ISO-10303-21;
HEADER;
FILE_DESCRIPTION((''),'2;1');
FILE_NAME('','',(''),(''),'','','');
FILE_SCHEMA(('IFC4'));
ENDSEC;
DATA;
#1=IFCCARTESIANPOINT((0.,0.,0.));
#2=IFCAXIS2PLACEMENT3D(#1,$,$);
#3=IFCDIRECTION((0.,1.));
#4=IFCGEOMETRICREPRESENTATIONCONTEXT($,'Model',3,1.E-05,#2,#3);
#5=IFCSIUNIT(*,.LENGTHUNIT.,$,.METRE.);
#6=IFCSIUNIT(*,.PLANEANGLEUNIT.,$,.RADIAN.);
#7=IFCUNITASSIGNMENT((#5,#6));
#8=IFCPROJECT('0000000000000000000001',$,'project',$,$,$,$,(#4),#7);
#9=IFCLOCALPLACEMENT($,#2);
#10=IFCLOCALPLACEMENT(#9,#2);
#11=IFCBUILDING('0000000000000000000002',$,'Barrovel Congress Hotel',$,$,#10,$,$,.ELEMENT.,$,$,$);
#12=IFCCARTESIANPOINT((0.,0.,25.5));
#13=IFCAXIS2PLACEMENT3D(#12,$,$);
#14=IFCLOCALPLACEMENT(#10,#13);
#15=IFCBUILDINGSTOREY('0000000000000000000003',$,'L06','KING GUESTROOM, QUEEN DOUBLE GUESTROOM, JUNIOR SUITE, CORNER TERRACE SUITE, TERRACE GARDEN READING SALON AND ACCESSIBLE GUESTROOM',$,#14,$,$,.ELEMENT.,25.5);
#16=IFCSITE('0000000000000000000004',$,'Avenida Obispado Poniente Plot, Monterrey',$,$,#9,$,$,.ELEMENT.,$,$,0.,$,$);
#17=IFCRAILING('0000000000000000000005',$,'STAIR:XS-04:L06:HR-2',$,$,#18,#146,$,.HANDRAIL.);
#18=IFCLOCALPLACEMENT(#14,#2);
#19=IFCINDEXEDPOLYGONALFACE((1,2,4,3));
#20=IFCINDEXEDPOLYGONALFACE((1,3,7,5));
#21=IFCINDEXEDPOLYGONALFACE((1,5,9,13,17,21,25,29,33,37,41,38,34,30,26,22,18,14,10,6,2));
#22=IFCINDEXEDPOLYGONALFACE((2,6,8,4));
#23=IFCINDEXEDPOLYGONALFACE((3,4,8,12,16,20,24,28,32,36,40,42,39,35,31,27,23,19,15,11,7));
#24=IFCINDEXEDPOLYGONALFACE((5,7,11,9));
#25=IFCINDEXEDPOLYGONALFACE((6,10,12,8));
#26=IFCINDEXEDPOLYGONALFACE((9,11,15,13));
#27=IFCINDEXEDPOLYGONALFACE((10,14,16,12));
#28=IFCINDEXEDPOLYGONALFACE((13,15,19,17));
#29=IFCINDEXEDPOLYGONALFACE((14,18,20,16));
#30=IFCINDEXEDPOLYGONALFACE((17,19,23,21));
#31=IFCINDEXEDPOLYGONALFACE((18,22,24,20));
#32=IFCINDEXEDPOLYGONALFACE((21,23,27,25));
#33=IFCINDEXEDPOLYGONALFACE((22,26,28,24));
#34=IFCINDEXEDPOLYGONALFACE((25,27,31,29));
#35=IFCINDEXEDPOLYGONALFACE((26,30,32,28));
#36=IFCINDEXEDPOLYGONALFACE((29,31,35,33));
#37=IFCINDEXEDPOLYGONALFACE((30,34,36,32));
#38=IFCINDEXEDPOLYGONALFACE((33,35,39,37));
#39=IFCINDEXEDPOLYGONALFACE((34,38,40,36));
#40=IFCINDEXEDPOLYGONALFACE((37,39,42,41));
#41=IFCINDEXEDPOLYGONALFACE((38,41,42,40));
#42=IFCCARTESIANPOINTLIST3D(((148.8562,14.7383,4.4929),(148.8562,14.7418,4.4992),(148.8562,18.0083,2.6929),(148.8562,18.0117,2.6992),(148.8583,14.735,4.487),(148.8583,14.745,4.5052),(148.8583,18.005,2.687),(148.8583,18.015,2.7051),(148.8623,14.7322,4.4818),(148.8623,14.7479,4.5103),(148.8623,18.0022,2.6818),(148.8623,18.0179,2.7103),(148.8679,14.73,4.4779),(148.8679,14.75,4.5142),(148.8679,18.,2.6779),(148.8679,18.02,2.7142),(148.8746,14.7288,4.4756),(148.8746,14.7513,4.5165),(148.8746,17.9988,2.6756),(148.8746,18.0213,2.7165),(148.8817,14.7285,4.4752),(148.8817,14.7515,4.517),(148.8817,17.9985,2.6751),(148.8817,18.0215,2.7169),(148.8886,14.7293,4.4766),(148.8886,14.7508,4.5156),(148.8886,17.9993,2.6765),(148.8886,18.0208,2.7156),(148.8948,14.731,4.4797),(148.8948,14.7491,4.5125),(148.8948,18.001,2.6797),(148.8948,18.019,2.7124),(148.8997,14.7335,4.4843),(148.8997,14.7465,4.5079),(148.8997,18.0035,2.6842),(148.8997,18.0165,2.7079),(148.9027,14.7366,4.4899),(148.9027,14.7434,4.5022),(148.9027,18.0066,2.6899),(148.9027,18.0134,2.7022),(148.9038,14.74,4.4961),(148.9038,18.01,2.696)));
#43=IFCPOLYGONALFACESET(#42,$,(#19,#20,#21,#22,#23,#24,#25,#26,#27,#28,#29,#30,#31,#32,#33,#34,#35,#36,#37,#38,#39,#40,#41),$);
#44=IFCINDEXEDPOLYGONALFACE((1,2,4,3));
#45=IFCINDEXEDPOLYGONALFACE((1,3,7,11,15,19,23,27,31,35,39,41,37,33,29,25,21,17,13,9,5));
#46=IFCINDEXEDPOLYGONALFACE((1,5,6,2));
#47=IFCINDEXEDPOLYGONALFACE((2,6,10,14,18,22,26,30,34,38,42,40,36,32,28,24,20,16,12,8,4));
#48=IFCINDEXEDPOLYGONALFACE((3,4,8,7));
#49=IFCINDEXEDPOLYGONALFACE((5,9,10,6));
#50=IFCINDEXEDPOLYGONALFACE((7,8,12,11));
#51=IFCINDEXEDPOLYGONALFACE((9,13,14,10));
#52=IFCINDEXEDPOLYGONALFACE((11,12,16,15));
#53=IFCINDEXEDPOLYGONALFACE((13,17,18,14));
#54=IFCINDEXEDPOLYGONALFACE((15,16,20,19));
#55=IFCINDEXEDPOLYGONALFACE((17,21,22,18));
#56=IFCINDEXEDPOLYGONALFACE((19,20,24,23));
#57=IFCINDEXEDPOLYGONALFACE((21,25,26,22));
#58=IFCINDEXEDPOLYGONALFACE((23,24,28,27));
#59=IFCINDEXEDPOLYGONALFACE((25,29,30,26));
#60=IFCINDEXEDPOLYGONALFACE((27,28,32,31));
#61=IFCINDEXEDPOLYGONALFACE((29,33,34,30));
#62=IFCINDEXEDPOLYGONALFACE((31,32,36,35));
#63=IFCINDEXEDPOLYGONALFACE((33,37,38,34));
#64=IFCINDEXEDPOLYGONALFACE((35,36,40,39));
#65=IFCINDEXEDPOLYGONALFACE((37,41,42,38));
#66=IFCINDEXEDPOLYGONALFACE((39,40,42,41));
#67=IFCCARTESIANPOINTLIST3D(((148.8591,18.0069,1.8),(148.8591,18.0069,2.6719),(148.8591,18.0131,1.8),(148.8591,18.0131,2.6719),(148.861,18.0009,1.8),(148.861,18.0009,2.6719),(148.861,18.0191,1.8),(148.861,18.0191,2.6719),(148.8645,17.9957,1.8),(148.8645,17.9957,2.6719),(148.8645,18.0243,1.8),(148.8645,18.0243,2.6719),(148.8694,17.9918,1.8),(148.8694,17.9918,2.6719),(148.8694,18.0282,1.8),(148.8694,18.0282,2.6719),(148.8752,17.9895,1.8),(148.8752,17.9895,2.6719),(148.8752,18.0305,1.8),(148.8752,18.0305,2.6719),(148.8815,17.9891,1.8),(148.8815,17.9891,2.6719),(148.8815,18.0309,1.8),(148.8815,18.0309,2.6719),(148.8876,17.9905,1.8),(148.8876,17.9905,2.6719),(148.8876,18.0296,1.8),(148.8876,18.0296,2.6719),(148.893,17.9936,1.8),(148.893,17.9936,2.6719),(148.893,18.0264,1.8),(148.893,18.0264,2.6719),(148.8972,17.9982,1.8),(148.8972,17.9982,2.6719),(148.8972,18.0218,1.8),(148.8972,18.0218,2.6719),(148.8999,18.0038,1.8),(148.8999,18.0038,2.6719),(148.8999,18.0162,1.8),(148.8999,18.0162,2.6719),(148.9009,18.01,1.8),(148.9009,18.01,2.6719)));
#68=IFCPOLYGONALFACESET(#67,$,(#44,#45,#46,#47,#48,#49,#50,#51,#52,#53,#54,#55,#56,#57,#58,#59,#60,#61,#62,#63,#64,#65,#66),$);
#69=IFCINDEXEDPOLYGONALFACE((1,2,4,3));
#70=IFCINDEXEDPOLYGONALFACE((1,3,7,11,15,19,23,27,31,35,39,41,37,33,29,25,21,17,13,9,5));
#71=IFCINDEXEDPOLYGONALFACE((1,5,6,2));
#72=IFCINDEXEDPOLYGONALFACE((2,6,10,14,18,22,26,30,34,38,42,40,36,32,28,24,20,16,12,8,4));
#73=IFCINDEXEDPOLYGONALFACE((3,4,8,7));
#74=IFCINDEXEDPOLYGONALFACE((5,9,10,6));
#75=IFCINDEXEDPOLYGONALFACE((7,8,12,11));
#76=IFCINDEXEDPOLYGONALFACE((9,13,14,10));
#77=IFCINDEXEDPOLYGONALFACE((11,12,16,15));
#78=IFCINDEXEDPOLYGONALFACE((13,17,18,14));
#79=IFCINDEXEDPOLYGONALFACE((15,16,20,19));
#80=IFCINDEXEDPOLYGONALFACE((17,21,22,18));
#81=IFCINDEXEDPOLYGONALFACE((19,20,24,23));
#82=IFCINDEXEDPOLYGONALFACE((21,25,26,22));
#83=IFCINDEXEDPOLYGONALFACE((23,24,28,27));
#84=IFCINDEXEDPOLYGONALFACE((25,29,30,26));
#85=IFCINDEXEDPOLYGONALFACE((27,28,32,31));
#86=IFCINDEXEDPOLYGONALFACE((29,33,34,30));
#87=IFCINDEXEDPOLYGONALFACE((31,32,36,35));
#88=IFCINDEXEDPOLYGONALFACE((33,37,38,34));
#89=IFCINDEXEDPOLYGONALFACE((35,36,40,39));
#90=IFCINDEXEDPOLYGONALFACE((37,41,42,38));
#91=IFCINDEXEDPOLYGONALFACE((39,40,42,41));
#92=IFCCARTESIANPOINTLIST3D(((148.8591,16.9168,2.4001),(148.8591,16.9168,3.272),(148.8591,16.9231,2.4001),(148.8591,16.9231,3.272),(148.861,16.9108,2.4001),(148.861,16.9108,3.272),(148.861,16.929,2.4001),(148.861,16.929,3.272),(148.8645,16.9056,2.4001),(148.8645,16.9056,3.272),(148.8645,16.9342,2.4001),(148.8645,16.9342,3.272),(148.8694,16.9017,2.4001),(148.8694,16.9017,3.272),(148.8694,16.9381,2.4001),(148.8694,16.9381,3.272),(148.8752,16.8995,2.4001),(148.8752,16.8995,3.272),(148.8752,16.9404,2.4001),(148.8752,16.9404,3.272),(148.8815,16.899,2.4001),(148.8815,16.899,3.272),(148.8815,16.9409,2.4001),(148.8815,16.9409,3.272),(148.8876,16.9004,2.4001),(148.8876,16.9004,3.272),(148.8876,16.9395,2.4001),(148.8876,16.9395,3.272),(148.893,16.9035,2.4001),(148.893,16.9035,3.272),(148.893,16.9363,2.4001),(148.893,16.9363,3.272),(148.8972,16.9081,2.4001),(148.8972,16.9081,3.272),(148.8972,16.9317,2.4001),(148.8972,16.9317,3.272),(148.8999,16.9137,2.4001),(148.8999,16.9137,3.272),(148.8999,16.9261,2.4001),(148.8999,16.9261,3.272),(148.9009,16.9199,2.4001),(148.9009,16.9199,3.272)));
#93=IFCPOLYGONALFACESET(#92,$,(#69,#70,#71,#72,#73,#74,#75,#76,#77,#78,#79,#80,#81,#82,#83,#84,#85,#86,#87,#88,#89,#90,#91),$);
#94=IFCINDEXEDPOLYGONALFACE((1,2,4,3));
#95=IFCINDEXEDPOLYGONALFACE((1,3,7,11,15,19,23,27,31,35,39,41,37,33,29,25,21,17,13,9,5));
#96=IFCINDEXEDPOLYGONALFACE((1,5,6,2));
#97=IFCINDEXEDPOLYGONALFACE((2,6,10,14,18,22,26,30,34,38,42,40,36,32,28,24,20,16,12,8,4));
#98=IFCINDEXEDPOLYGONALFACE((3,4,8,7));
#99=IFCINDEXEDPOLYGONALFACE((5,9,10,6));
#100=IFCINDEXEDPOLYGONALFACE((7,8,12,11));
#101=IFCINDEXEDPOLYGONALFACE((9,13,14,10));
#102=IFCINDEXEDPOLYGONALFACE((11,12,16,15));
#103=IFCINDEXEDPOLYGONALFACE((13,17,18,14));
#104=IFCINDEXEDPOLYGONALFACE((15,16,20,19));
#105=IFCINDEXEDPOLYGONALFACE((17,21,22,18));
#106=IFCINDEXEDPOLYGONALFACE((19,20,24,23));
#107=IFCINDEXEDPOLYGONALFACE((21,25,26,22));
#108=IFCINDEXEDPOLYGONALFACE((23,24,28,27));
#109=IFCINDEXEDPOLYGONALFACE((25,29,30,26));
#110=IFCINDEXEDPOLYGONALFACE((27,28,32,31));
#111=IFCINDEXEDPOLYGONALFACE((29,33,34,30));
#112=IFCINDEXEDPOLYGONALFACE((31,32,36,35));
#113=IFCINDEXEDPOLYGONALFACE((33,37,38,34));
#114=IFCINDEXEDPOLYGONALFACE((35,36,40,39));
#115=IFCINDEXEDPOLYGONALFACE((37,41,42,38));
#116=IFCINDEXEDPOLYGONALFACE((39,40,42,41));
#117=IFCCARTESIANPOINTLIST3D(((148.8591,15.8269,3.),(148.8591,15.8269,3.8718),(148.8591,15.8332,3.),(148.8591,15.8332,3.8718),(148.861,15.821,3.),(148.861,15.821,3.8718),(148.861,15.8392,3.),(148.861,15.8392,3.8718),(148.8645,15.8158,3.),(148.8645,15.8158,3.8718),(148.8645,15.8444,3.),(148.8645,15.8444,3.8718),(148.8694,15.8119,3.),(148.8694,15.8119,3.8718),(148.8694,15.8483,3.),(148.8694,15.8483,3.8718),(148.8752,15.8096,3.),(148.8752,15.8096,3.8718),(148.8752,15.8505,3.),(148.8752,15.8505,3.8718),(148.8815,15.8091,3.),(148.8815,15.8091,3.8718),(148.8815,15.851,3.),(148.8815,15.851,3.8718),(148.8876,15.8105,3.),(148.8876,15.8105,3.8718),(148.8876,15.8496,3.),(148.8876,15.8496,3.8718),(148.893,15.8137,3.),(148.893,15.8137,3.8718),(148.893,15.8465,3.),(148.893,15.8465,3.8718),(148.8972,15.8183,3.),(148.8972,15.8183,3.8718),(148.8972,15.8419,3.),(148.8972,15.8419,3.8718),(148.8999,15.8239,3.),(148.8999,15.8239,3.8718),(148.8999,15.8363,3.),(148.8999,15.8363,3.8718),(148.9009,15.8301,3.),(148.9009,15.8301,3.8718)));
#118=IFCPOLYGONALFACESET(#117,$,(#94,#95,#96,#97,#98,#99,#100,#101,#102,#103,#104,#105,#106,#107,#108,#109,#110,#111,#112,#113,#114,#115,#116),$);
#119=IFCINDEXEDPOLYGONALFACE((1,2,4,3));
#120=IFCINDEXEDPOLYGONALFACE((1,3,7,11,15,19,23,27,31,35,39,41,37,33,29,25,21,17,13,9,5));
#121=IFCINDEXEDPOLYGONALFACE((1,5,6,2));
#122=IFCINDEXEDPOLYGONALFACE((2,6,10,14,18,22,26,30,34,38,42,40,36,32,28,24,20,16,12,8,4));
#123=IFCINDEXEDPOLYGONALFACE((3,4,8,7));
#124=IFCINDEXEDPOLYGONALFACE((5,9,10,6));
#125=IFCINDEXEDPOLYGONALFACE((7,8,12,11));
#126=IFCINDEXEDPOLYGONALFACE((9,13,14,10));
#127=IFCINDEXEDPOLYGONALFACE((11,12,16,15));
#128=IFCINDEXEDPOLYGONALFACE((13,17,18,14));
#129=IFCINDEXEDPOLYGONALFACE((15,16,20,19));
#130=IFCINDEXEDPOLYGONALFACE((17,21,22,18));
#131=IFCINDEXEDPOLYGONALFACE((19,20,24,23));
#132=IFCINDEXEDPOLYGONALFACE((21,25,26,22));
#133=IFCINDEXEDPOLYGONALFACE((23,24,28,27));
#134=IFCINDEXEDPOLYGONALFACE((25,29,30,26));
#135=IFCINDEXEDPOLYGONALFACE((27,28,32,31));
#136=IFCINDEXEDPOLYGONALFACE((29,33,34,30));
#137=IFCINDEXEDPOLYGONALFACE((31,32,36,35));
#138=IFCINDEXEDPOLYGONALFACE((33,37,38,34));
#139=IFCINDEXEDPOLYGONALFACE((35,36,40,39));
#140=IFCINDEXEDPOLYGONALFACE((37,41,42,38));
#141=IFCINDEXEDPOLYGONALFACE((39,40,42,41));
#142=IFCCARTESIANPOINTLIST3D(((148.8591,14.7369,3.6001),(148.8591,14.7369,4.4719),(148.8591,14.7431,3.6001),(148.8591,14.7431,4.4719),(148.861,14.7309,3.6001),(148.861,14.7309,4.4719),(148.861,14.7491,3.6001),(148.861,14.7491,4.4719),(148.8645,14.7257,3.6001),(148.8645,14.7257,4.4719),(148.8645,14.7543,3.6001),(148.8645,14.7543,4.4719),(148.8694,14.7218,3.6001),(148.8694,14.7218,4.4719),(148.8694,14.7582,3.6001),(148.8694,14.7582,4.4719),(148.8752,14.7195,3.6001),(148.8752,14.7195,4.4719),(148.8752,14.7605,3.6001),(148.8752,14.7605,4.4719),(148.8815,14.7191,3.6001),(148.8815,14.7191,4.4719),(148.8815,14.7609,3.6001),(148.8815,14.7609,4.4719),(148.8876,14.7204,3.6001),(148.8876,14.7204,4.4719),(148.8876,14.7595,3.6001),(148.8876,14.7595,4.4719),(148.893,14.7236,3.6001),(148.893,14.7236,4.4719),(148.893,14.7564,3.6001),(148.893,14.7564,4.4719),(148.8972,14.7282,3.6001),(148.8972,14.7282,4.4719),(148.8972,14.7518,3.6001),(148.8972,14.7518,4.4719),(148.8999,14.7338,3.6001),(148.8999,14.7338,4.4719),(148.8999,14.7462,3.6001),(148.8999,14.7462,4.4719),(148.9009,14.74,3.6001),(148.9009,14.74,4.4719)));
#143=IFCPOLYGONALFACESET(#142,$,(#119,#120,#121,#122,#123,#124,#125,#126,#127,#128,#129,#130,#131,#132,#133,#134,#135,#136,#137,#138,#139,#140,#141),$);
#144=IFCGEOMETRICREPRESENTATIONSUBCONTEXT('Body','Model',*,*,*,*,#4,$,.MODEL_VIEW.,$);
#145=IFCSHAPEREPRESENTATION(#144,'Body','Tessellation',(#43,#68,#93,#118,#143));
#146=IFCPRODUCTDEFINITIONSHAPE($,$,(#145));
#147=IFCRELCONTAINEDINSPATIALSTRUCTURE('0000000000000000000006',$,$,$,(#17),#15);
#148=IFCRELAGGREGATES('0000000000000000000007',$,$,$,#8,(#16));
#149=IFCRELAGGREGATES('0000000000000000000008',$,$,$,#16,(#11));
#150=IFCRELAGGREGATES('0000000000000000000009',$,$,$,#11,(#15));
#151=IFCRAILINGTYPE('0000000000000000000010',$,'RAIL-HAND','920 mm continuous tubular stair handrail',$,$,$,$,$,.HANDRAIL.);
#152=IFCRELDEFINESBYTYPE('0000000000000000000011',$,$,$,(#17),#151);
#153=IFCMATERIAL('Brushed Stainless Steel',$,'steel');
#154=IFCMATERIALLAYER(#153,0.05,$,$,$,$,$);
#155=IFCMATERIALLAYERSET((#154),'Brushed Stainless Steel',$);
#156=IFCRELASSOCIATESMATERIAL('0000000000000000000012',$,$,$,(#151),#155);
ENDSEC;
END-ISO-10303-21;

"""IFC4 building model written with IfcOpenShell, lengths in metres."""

from ifc_helpers import new_model, si_unit, direction, frame, origin, origin_2d, place, context, subcontext, project, spatial, circle, extrude, material, layer, layer_set, type_object, element, save


model = new_model("IFC4")

# Units and contexts
model_context = context("Model", 3, precision=1e-05, world=origin(), true_north=direction((0.0, 1.0)))
body_context = subcontext(model_context, "Body", "Model", "MODEL_VIEW")
ifc_project = project(units=[si_unit("LENGTHUNIT", "METRE"), si_unit("PLANEANGLEUNIT", "RADIAN")], contexts=[model_context])

# Site, building, storey
site_placement = place(None, origin())
site = spatial("IfcSite", under=ifc_project, at=site_placement, Name="Avenida Obispado Poniente Plot, Monterrey", CompositionType="ELEMENT", RefElevation=0.0)
building_placement = place(site_placement, origin())
building = spatial("IfcBuilding", under=site, at=building_placement, Name="Barrovel Congress Hotel", CompositionType="ELEMENT")
storey_placement = place(building_placement, frame((0.0, 0.0, 25.5)))
storey = spatial("IfcBuildingStorey", under=building, at=storey_placement, Name="L06", Description="KING GUESTROOM, QUEEN DOUBLE GUESTROOM, JUNIOR SUITE, CORNER TERRACE SUITE, TERRACE GARDEN READING SALON AND ACCESSIBLE GUESTROOM", CompositionType="ELEMENT", Elevation=25.5)

# Railing
ifc_material_1 = material(Name="Brushed Stainless Steel", Category="steel")
ifc_layer_1 = layer(ifc_material_1, 0.05)
ifc_layer_set_1 = layer_set([ifc_layer_1], Name="Brushed Stainless Steel")
railing_type_1 = type_object("IfcRailingType", Name="RAIL-HAND", Description="920 mm continuous tubular stair handrail", PredefinedType="HANDRAIL", material=ifc_layer_set_1)
railing_1_placement = place(storey_placement, frame((148.8799, 18.01, 1.8)))
element("IfcRailing", 1, at=railing_1_placement, inside=storey, type_object=railing_type_1, Name="STAIR:XS-04:L06:HR-2", PredefinedType="HANDRAIL", context=body_context, shape_type="SweptSolid", body=[
    extrude(circle(Radius=0.0239, at=origin_2d()), frame((0.0, 0.0, 0.896), z_axis=(0.0, -0.876042, 0.482235), x_axis=(1.0, 0.0, 0.0)), (0.0, 0.0, 1.0), 3.7327),
    extrude(circle(Radius=0.021, at=origin_2d()), origin(), (0.0, 0.0, 1.0), 0.8718),
    extrude(circle(Radius=0.021, at=origin_2d()), frame((0.0, -1.0901, 0.6001)), (0.0, 0.0, 1.0), 0.8718),
    extrude(circle(Radius=0.021, at=origin_2d()), frame((0.0, -2.1799, 1.2)), (0.0, 0.0, 1.0), 0.8718),
    extrude(circle(Radius=0.021, at=origin_2d()), frame((0.0, -3.27, 1.8)), (0.0, 0.0, 1.0), 0.8718),
])

save(model, "model.ifc")
